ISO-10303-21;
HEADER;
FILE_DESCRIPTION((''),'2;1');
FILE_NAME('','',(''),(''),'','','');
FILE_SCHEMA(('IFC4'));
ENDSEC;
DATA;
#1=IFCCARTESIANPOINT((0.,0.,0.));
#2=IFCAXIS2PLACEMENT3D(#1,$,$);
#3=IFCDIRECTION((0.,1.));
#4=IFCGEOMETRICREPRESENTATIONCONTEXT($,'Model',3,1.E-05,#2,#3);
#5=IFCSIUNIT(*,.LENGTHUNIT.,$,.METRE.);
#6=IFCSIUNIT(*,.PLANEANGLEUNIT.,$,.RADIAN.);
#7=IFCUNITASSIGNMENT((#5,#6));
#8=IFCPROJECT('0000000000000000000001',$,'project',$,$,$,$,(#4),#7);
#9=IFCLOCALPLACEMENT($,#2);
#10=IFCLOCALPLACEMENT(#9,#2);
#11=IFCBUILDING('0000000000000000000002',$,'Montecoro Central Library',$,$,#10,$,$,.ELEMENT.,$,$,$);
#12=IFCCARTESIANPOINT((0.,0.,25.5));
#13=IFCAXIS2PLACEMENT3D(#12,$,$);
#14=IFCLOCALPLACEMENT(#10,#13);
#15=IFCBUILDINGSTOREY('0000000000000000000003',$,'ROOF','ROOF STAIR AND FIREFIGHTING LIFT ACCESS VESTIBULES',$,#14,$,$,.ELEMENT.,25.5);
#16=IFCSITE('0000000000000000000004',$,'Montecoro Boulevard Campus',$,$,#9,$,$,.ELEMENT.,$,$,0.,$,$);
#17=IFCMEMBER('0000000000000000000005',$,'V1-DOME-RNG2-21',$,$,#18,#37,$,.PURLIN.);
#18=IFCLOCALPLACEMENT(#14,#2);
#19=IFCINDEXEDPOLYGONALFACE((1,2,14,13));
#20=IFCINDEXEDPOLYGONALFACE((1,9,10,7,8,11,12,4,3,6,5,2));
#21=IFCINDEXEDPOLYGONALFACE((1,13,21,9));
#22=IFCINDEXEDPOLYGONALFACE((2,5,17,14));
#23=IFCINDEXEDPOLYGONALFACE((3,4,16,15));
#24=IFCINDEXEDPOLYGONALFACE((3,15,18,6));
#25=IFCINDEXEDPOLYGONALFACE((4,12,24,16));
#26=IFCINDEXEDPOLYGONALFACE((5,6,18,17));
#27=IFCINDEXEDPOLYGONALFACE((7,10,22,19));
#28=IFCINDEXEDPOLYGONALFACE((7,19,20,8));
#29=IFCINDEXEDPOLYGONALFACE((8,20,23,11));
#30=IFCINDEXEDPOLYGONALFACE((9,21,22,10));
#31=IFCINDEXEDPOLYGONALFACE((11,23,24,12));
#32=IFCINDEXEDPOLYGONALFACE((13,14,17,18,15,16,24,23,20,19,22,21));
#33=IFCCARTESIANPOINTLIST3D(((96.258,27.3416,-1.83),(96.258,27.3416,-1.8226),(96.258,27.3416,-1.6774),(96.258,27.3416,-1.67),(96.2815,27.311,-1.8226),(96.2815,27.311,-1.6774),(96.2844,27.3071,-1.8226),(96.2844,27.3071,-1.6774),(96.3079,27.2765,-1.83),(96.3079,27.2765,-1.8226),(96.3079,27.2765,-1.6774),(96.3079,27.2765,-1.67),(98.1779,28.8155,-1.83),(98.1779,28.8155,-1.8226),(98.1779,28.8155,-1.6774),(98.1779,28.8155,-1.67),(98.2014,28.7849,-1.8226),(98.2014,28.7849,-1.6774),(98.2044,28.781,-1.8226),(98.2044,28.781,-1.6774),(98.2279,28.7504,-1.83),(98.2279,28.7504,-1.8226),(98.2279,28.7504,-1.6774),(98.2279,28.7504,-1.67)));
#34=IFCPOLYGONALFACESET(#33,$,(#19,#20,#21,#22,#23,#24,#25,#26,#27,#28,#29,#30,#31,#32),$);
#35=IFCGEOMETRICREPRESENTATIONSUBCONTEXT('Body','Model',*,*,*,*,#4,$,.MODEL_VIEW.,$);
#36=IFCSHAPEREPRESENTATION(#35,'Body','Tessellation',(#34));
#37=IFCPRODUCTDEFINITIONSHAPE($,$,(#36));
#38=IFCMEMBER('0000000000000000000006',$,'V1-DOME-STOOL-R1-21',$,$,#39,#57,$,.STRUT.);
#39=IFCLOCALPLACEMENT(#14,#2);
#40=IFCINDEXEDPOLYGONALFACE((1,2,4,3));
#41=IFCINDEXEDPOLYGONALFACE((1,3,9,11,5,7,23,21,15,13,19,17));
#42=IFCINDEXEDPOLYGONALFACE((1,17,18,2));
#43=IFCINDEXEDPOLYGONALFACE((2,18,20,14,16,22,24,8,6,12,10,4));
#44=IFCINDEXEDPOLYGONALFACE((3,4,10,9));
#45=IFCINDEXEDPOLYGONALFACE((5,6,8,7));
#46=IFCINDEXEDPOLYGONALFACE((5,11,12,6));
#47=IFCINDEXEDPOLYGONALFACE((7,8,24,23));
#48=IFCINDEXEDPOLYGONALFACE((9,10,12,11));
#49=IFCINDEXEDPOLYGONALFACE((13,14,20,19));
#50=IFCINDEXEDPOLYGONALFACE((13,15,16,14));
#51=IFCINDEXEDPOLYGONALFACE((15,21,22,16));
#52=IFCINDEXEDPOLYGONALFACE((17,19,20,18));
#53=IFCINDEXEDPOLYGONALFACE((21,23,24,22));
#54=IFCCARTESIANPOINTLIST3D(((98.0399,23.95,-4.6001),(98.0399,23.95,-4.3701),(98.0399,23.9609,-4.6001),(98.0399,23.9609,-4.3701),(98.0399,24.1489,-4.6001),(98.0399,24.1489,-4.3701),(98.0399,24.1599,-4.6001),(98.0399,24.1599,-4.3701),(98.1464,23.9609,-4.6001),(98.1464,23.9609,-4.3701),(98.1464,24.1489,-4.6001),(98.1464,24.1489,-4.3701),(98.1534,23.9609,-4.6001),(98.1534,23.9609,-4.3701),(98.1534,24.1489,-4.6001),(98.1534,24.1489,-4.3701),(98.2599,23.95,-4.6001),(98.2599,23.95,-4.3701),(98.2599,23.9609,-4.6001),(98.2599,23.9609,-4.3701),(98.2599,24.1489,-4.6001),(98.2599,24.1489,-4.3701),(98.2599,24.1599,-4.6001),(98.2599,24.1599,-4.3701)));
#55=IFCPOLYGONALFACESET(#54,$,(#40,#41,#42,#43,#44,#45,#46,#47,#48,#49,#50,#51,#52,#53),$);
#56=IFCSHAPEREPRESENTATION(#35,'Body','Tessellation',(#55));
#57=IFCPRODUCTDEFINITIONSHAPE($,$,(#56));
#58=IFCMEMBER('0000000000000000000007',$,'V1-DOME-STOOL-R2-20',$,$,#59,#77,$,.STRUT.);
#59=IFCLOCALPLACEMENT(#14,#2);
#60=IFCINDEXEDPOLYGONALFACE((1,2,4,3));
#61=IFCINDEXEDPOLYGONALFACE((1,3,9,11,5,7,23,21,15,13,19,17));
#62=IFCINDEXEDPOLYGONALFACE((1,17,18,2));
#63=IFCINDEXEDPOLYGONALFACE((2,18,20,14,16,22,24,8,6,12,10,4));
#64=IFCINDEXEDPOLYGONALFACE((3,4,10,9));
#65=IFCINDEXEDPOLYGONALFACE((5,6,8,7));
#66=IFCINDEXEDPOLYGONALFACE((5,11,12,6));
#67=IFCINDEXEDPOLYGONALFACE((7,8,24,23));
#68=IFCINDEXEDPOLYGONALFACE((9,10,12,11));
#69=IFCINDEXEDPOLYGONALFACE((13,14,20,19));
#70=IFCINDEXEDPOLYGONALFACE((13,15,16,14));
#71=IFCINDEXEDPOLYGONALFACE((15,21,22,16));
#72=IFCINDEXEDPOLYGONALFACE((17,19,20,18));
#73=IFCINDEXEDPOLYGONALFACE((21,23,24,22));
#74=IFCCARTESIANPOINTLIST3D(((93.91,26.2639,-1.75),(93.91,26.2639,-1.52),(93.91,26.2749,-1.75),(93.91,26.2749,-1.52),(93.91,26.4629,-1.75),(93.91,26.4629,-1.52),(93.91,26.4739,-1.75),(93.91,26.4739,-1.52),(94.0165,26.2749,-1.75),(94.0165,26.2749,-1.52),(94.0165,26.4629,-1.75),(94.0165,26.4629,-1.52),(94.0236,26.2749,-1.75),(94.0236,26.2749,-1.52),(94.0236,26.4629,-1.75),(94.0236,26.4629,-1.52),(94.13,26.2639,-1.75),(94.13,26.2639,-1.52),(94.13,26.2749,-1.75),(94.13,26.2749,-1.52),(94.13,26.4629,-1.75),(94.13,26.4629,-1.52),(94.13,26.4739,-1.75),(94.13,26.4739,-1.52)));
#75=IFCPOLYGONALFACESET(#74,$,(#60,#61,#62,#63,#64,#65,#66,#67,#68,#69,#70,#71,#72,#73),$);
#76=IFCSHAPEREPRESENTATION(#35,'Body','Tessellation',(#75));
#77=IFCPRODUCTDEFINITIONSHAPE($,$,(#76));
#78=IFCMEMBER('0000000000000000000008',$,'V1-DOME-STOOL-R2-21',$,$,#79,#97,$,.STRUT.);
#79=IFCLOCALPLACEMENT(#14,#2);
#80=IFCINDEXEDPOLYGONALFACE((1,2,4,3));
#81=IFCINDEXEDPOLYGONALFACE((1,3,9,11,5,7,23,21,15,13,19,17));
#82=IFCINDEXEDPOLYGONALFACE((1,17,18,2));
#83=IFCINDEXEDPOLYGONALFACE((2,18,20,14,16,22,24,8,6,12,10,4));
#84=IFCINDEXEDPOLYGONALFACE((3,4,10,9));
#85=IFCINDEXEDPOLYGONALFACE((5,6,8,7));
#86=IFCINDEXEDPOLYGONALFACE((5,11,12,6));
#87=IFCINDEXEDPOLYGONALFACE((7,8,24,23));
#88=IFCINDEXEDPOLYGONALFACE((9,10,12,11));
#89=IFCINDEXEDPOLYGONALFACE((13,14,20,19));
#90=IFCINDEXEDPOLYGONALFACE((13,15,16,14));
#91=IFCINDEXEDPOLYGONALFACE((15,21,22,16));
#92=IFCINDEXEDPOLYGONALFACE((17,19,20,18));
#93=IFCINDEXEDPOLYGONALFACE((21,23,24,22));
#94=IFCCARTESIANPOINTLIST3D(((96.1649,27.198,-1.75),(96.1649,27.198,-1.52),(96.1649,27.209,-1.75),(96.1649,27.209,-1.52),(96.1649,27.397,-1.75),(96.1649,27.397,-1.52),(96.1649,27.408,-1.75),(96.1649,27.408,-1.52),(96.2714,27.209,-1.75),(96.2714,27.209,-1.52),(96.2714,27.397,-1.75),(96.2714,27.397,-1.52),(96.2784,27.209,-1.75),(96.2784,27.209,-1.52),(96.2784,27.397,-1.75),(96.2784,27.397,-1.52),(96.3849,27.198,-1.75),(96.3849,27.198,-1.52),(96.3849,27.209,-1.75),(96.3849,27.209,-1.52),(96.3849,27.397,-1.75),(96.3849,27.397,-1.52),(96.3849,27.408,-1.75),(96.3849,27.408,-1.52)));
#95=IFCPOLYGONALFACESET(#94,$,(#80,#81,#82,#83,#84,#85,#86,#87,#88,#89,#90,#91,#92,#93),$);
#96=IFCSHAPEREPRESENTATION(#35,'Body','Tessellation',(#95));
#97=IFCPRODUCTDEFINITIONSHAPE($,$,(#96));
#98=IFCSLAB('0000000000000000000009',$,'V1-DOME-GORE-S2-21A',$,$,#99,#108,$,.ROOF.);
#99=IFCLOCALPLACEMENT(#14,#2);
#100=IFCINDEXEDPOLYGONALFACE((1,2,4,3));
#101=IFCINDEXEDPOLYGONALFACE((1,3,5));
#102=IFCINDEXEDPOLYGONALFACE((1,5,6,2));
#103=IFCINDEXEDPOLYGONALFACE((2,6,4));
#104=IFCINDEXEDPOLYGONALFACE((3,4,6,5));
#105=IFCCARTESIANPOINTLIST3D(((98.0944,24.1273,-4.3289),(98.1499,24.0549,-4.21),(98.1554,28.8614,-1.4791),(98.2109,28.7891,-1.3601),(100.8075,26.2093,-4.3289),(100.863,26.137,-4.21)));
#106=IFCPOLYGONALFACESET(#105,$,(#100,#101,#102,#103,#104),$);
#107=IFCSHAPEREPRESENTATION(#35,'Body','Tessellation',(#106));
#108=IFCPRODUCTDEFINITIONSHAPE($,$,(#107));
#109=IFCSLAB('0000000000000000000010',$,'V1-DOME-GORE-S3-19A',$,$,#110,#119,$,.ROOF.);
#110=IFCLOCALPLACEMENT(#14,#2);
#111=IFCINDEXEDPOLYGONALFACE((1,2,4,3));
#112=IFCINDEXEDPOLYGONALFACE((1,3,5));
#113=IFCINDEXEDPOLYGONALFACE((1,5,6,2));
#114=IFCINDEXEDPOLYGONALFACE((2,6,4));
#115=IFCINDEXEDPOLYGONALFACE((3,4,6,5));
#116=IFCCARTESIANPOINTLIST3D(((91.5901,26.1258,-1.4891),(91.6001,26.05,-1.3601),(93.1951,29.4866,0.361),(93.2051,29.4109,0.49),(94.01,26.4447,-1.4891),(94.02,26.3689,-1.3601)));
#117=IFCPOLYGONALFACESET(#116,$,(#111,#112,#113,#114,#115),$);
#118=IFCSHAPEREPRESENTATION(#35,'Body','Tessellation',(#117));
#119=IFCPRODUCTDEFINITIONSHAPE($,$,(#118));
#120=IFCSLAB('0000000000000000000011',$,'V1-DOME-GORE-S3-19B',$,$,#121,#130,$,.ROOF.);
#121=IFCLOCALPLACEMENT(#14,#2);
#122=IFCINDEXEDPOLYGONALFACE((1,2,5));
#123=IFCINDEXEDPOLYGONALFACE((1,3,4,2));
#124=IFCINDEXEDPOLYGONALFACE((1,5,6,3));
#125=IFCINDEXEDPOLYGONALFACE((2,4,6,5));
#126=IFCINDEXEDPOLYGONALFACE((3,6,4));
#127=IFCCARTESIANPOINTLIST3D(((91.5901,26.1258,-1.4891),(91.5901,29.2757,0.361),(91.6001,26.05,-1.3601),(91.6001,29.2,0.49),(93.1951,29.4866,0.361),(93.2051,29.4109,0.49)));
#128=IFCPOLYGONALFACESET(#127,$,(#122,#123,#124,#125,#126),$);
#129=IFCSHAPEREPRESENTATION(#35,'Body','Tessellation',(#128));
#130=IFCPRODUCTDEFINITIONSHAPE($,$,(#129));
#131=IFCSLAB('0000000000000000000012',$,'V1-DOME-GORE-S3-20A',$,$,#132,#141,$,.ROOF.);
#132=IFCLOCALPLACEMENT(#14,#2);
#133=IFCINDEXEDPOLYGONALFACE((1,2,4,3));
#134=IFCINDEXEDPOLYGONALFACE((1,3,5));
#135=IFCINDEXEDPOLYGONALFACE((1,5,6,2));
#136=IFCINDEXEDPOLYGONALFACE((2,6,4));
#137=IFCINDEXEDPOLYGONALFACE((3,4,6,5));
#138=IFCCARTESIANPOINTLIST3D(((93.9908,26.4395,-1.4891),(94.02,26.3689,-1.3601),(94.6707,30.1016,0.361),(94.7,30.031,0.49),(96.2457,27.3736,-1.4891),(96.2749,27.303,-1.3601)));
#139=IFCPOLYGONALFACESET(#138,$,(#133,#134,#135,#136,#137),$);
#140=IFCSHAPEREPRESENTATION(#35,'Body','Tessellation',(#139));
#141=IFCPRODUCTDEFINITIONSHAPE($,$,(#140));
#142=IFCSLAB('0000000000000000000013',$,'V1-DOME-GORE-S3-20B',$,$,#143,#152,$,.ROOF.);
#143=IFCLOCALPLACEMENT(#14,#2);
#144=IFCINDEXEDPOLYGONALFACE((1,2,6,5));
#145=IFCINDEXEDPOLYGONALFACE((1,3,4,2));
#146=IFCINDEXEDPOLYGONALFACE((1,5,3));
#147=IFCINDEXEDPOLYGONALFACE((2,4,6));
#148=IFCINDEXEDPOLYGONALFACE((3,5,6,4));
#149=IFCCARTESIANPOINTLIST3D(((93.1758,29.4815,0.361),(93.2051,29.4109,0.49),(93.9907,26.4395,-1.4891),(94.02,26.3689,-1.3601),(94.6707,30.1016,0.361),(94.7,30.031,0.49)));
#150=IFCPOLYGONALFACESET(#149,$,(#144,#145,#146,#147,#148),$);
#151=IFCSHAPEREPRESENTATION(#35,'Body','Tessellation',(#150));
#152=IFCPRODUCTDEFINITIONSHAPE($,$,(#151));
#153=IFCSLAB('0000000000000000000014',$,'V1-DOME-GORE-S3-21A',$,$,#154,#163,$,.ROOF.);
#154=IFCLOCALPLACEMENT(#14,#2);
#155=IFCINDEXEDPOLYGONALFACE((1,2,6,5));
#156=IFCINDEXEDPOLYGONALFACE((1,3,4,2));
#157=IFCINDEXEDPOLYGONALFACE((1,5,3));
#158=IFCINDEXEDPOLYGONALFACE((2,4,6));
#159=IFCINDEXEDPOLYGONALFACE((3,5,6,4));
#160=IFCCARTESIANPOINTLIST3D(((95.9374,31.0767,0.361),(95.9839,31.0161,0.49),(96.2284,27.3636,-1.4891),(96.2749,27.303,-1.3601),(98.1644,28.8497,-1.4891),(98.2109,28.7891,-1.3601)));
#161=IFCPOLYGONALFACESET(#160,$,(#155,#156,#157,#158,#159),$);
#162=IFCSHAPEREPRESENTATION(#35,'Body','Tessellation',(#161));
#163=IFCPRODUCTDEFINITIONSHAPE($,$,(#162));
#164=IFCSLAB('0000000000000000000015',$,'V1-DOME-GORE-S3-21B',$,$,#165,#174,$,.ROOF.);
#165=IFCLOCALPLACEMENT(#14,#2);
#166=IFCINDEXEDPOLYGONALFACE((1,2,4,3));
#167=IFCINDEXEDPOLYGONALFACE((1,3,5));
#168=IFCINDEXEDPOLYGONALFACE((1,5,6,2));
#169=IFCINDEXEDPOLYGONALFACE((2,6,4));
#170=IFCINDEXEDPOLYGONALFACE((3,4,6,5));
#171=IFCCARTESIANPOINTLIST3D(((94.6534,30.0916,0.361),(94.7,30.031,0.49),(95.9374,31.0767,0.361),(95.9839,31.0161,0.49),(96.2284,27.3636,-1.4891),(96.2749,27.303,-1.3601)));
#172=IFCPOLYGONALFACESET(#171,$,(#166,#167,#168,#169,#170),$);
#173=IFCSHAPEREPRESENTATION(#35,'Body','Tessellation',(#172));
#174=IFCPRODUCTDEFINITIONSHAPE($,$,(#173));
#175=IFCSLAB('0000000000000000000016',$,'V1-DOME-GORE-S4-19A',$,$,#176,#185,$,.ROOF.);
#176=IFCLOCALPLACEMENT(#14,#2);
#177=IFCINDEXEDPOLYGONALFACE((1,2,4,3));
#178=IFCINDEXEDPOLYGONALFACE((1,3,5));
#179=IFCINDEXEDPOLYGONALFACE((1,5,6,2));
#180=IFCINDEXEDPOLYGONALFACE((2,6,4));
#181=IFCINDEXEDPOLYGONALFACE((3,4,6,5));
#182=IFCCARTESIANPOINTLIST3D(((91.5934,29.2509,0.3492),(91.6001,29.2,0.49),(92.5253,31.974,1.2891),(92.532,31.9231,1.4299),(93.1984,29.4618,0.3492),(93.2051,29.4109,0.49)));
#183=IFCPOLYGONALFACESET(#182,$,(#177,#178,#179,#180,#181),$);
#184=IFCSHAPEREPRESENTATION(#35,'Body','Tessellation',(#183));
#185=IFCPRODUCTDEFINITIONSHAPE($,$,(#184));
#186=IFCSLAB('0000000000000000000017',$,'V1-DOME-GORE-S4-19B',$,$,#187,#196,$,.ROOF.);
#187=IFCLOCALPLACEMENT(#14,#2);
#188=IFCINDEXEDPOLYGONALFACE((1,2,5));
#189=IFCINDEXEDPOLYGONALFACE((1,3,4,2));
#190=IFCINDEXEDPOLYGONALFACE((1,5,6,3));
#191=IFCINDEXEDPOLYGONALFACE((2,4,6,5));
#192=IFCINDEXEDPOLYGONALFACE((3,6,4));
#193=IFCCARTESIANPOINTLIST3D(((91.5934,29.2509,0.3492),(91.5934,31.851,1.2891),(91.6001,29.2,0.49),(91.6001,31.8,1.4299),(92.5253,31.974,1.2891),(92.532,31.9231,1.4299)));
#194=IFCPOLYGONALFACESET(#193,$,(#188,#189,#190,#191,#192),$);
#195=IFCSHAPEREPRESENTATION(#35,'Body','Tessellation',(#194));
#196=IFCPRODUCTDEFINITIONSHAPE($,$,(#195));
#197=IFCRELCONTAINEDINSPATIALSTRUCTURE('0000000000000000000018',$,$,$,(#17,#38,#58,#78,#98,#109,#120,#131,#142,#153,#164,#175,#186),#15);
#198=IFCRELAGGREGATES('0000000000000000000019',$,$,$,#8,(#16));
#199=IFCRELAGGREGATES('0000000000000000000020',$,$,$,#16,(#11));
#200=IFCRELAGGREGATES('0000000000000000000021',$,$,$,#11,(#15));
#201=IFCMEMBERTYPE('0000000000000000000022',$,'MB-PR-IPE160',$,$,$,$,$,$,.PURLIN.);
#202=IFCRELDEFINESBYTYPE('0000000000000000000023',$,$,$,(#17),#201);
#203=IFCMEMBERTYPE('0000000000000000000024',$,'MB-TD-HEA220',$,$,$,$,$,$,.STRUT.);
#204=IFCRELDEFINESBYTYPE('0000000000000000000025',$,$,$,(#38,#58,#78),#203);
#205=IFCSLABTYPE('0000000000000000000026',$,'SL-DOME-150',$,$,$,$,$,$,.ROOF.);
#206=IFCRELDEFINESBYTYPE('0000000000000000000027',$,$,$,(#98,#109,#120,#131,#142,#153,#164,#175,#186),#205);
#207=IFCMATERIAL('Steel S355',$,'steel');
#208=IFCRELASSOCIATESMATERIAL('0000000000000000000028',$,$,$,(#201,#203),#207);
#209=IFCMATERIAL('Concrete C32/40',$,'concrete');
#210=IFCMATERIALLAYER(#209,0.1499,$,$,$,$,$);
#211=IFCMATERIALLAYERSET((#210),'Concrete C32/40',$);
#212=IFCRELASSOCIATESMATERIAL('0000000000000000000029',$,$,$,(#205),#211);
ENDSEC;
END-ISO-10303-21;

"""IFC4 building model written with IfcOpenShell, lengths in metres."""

from ifc_helpers import new_model, si_unit, direction, frame, origin, origin_2d, place, context, subcontext, project, spatial, polyline, i_section, outline, extrude, material, layer, layer_set, material_profile, profile_set, type_object, element, save


model = new_model("IFC4")

# Units and contexts
model_context = context("Model", 3, precision=1e-05, world=origin(), true_north=direction((0.0, 1.0)))
body_context = subcontext(model_context, "Body", "Model", "MODEL_VIEW")
ifc_project = project(units=[si_unit("LENGTHUNIT", "METRE"), si_unit("PLANEANGLEUNIT", "RADIAN")], contexts=[model_context])

# Site, building, storey
site_placement = place(None, origin())
site = spatial("IfcSite", under=ifc_project, at=site_placement, Name="Montecoro Boulevard Campus", CompositionType="ELEMENT", RefElevation=0.0)
building_placement = place(site_placement, origin())
building = spatial("IfcBuilding", under=site, at=building_placement, Name="Montecoro Central Library", CompositionType="ELEMENT")
storey_placement = place(building_placement, frame((0.0, 0.0, 25.5)))
storey = spatial("IfcBuildingStorey", under=building, at=storey_placement, Name="ROOF", Description="ROOF STAIR AND FIREFIGHTING LIFT ACCESS VESTIBULES", CompositionType="ELEMENT", Elevation=25.5)

# Members
ifc_material_1 = material(Name="Steel S355", Category="steel")
ifc_material_profile_1 = material_profile(ifc_material_1, i_section(OverallWidth=0.082, OverallDepth=0.1599, WebThickness=0.0049, FlangeThickness=0.0073, at=origin_2d()), Name="IPE 160")
ifc_profile_set_1 = profile_set([ifc_material_profile_1], Name="Steel S355")
member_type_1 = type_object("IfcMemberType", Name="MB-PR-IPE160", PredefinedType="PURLIN", material=ifc_profile_set_1)
member_1_placement = place(storey_placement, frame((96.283, 27.3091, -1.75), z_axis=(0.79322, 0.608935, 0.0), x_axis=(-0.608935, 0.79322, 0.0)))
element("IfcMember", 1, at=member_1_placement, inside=storey, type_object=member_type_1, Name="V1-DOME-RNG2-21", PredefinedType="PURLIN", context=body_context, shape_type="SweptSolid", body=[
    extrude(i_section(OverallWidth=0.082, OverallDepth=0.1599, WebThickness=0.0049, FlangeThickness=0.0073, at=origin_2d()), origin(), (0.0, 0.0, 1.0), 2.4204),
])
ifc_material_profile_2 = material_profile(ifc_material_1, i_section(OverallWidth=0.22, OverallDepth=0.21, WebThickness=0.0071, FlangeThickness=0.011, at=origin_2d()), Name="HEA 220")
ifc_profile_set_2 = profile_set([ifc_material_profile_2], Name="Steel S355")
member_type_2 = type_object("IfcMemberType", Name="MB-TD-HEA220", PredefinedType="STRUT", material=ifc_profile_set_2)
for number, where, z_axis, x_axis, name in (
    (2, (98.1499, 24.0549, -4.6001), (0.0, 0.0, 1.0), (1.0, 0.0, 0.0), "V1-DOME-STOOL-R1-21"),
    (3, (94.02, 26.3689, -1.75), (0.0, 0.0, 1.0), (1.0, 0.0, 0.0), "V1-DOME-STOOL-R2-20"),
    (4, (96.2749, 27.303, -1.75), (0.0, 0.0, 1.0), (1.0, 0.0, 0.0), "V1-DOME-STOOL-R2-21"),
):
    element("IfcMember", number, at=place(storey_placement, frame(where, z_axis=z_axis, x_axis=x_axis)), inside=storey, type_object=member_type_2, Name=name, PredefinedType="STRUT", context=body_context, shape_type="SweptSolid", body=[
        extrude(i_section(OverallWidth=0.22, OverallDepth=0.21, WebThickness=0.0071, FlangeThickness=0.011, at=origin_2d()), origin(), (0.0, 0.0, 1.0), 0.23),
    ])

# Slabs
ifc_material_2 = material(Name="Concrete C32/40", Category="concrete")
ifc_layer = layer(ifc_material_2, 0.1499)
ifc_layer_set = layer_set([ifc_layer], Name="Concrete C32/40")
slab_type = type_object("IfcSlabType", Name="SL-DOME-150", PredefinedType="ROOF", material=ifc_layer_set)
slab_1_placement = place(storey_placement, frame((98.1499, 24.0549, -4.21), z_axis=(0.370323, -0.482575, 0.793714), x_axis=(0.793329, 0.608793, 0.0)))
element("IfcSlab", 5, at=slab_1_placement, inside=storey, type_object=slab_type, Name="V1-DOME-GORE-S2-21A", PredefinedType="ROOF", context=body_context, shape_type="SweptSolid", body=[
    extrude(outline(polyline([(0.0, 0.0), (3.4199, 0.0), (2.9305, 4.685), (0.0, 0.0)])), origin(), (0.0, 0.0, -1.0), 0.1499),
])
slab_2_placement = place(storey_placement, frame((91.6001, 26.05, -1.3601), z_axis=(0.06659, -0.505393, 0.860316), x_axis=(0.991431, 0.13063, 0.0)))
element("IfcSlab", 6, at=slab_2_placement, inside=storey, type_object=slab_type, Name="V1-DOME-GORE-S3-19A", PredefinedType="ROOF", context=body_context, shape_type="SweptSolid", body=[
    extrude(outline(polyline([(0.0, 0.0), (2.4408, 0.0), (2.0303, 3.6293), (0.0, 0.0)])), origin(), (0.0, 0.0, -1.0), 0.1499),
])
slab_3_placement = place(storey_placement, frame((91.6001, 26.05, -1.3601), z_axis=(0.066415, -0.505335, 0.860364), x_axis=(0.385941, 0.808164, 0.444883)))
element("IfcSlab", 7, at=slab_3_placement, inside=storey, type_object=slab_type, Name="V1-DOME-GORE-S3-19B", PredefinedType="ROOF", context=body_context, shape_type="SweptSolid", body=[
    extrude(outline(polyline([(0.0, 0.0), (4.1586, 0.0), (3.3687, 1.413), (0.0, 0.0)])), origin(), (0.0, 0.0, -1.0), 0.1499),
])
slab_4_placement = place(storey_placement, frame((94.02, 26.3689, -1.3601), z_axis=(0.195059, -0.470873, 0.860367), x_axis=(0.923868, 0.382711, 0.0)))
element("IfcSlab", 8, at=slab_4_placement, inside=storey, type_object=slab_type, Name="V1-DOME-GORE-S3-20A", PredefinedType="ROOF", context=body_context, shape_type="SweptSolid", body=[
    extrude(outline(polyline([(0.0, 0.0), (2.4407, 0.0), (2.0297, 3.63), (0.0, 0.0)])), origin(), (0.0, 0.0, -1.0), 0.1499),
])
slab_5_placement = place(storey_placement, frame((94.02, 26.3689, -1.3601), z_axis=(0.195338, -0.470889, 0.860295), x_axis=(0.163489, 0.880554, 0.444856)))
element("IfcSlab", 9, at=slab_5_placement, inside=storey, type_object=slab_type, Name="V1-DOME-GORE-S3-20B", PredefinedType="ROOF", context=body_context, shape_type="SweptSolid", body=[
    extrude(outline(polyline([(0.0, 0.0), (4.1589, 0.0), (3.3684, 1.4122), (0.0, 0.0)])), origin(), (0.0, 0.0, -1.0), 0.1499),
])
slab_6_placement = place(storey_placement, frame((96.2749, 27.303, -1.3601), z_axis=(0.31037, -0.404343, 0.860335), x_axis=(0.793252, 0.608893, 0.0)))
element("IfcSlab", 10, at=slab_6_placement, inside=storey, type_object=slab_type, Name="V1-DOME-GORE-S3-21A", PredefinedType="ROOF", context=body_context, shape_type="SweptSolid", body=[
    extrude(outline(polyline([(0.0, 0.0), (2.4406, 0.0), (2.0301, 3.6296), (0.0, 0.0)])), origin(), (0.0, 0.0, -1.0), 0.1499),
])
slab_7_placement = place(storey_placement, frame((96.2749, 27.303, -1.3601), z_axis=(0.310254, -0.404368, 0.860366), x_axis=(-0.069977, 0.892856, 0.444872)))
element("IfcSlab", 11, at=slab_7_placement, inside=storey, type_object=slab_type, Name="V1-DOME-GORE-S3-21B", PredefinedType="ROOF", context=body_context, shape_type="SweptSolid", body=[
    extrude(outline(polyline([(0.0, 0.0), (4.1587, 0.0), (3.369, 1.4125), (0.0, 0.0)])), origin(), (0.0, 0.0, -1.0), 0.1499),
])
slab_8_placement = place(storey_placement, frame((91.6001, 29.2, 0.49), z_axis=(0.044628, -0.339565, 0.939523), x_axis=(0.991474, 0.130306, 0.0)))
element("IfcSlab", 12, at=slab_8_placement, inside=storey, type_object=slab_type, Name="V1-DOME-GORE-S4-19A", PredefinedType="ROOF", context=body_context, shape_type="SweptSolid", body=[
    extrude(outline(polyline([(0.0, 0.0), (1.6188, 0.0), (1.2788, 2.7445), (0.0, 0.0)])), origin(), (0.0, 0.0, -1.0), 0.1499),
])
slab_9_placement = place(storey_placement, frame((91.6001, 29.2, 0.49), z_axis=(0.044845, -0.339628, 0.93949), x_axis=(0.307779, 0.899388, 0.31044)))
element("IfcSlab", 13, at=slab_9_placement, inside=storey, type_object=slab_type, Name="V1-DOME-GORE-S4-19B", PredefinedType="ROOF", context=body_context, shape_type="SweptSolid", body=[
    extrude(outline(polyline([(0.0, 0.0), (3.0278, 0.0), (2.6303, 0.8518), (0.0, 0.0)])), origin(), (0.0, 0.0, -1.0), 0.1499),
])

save(model, "model.ifc")
